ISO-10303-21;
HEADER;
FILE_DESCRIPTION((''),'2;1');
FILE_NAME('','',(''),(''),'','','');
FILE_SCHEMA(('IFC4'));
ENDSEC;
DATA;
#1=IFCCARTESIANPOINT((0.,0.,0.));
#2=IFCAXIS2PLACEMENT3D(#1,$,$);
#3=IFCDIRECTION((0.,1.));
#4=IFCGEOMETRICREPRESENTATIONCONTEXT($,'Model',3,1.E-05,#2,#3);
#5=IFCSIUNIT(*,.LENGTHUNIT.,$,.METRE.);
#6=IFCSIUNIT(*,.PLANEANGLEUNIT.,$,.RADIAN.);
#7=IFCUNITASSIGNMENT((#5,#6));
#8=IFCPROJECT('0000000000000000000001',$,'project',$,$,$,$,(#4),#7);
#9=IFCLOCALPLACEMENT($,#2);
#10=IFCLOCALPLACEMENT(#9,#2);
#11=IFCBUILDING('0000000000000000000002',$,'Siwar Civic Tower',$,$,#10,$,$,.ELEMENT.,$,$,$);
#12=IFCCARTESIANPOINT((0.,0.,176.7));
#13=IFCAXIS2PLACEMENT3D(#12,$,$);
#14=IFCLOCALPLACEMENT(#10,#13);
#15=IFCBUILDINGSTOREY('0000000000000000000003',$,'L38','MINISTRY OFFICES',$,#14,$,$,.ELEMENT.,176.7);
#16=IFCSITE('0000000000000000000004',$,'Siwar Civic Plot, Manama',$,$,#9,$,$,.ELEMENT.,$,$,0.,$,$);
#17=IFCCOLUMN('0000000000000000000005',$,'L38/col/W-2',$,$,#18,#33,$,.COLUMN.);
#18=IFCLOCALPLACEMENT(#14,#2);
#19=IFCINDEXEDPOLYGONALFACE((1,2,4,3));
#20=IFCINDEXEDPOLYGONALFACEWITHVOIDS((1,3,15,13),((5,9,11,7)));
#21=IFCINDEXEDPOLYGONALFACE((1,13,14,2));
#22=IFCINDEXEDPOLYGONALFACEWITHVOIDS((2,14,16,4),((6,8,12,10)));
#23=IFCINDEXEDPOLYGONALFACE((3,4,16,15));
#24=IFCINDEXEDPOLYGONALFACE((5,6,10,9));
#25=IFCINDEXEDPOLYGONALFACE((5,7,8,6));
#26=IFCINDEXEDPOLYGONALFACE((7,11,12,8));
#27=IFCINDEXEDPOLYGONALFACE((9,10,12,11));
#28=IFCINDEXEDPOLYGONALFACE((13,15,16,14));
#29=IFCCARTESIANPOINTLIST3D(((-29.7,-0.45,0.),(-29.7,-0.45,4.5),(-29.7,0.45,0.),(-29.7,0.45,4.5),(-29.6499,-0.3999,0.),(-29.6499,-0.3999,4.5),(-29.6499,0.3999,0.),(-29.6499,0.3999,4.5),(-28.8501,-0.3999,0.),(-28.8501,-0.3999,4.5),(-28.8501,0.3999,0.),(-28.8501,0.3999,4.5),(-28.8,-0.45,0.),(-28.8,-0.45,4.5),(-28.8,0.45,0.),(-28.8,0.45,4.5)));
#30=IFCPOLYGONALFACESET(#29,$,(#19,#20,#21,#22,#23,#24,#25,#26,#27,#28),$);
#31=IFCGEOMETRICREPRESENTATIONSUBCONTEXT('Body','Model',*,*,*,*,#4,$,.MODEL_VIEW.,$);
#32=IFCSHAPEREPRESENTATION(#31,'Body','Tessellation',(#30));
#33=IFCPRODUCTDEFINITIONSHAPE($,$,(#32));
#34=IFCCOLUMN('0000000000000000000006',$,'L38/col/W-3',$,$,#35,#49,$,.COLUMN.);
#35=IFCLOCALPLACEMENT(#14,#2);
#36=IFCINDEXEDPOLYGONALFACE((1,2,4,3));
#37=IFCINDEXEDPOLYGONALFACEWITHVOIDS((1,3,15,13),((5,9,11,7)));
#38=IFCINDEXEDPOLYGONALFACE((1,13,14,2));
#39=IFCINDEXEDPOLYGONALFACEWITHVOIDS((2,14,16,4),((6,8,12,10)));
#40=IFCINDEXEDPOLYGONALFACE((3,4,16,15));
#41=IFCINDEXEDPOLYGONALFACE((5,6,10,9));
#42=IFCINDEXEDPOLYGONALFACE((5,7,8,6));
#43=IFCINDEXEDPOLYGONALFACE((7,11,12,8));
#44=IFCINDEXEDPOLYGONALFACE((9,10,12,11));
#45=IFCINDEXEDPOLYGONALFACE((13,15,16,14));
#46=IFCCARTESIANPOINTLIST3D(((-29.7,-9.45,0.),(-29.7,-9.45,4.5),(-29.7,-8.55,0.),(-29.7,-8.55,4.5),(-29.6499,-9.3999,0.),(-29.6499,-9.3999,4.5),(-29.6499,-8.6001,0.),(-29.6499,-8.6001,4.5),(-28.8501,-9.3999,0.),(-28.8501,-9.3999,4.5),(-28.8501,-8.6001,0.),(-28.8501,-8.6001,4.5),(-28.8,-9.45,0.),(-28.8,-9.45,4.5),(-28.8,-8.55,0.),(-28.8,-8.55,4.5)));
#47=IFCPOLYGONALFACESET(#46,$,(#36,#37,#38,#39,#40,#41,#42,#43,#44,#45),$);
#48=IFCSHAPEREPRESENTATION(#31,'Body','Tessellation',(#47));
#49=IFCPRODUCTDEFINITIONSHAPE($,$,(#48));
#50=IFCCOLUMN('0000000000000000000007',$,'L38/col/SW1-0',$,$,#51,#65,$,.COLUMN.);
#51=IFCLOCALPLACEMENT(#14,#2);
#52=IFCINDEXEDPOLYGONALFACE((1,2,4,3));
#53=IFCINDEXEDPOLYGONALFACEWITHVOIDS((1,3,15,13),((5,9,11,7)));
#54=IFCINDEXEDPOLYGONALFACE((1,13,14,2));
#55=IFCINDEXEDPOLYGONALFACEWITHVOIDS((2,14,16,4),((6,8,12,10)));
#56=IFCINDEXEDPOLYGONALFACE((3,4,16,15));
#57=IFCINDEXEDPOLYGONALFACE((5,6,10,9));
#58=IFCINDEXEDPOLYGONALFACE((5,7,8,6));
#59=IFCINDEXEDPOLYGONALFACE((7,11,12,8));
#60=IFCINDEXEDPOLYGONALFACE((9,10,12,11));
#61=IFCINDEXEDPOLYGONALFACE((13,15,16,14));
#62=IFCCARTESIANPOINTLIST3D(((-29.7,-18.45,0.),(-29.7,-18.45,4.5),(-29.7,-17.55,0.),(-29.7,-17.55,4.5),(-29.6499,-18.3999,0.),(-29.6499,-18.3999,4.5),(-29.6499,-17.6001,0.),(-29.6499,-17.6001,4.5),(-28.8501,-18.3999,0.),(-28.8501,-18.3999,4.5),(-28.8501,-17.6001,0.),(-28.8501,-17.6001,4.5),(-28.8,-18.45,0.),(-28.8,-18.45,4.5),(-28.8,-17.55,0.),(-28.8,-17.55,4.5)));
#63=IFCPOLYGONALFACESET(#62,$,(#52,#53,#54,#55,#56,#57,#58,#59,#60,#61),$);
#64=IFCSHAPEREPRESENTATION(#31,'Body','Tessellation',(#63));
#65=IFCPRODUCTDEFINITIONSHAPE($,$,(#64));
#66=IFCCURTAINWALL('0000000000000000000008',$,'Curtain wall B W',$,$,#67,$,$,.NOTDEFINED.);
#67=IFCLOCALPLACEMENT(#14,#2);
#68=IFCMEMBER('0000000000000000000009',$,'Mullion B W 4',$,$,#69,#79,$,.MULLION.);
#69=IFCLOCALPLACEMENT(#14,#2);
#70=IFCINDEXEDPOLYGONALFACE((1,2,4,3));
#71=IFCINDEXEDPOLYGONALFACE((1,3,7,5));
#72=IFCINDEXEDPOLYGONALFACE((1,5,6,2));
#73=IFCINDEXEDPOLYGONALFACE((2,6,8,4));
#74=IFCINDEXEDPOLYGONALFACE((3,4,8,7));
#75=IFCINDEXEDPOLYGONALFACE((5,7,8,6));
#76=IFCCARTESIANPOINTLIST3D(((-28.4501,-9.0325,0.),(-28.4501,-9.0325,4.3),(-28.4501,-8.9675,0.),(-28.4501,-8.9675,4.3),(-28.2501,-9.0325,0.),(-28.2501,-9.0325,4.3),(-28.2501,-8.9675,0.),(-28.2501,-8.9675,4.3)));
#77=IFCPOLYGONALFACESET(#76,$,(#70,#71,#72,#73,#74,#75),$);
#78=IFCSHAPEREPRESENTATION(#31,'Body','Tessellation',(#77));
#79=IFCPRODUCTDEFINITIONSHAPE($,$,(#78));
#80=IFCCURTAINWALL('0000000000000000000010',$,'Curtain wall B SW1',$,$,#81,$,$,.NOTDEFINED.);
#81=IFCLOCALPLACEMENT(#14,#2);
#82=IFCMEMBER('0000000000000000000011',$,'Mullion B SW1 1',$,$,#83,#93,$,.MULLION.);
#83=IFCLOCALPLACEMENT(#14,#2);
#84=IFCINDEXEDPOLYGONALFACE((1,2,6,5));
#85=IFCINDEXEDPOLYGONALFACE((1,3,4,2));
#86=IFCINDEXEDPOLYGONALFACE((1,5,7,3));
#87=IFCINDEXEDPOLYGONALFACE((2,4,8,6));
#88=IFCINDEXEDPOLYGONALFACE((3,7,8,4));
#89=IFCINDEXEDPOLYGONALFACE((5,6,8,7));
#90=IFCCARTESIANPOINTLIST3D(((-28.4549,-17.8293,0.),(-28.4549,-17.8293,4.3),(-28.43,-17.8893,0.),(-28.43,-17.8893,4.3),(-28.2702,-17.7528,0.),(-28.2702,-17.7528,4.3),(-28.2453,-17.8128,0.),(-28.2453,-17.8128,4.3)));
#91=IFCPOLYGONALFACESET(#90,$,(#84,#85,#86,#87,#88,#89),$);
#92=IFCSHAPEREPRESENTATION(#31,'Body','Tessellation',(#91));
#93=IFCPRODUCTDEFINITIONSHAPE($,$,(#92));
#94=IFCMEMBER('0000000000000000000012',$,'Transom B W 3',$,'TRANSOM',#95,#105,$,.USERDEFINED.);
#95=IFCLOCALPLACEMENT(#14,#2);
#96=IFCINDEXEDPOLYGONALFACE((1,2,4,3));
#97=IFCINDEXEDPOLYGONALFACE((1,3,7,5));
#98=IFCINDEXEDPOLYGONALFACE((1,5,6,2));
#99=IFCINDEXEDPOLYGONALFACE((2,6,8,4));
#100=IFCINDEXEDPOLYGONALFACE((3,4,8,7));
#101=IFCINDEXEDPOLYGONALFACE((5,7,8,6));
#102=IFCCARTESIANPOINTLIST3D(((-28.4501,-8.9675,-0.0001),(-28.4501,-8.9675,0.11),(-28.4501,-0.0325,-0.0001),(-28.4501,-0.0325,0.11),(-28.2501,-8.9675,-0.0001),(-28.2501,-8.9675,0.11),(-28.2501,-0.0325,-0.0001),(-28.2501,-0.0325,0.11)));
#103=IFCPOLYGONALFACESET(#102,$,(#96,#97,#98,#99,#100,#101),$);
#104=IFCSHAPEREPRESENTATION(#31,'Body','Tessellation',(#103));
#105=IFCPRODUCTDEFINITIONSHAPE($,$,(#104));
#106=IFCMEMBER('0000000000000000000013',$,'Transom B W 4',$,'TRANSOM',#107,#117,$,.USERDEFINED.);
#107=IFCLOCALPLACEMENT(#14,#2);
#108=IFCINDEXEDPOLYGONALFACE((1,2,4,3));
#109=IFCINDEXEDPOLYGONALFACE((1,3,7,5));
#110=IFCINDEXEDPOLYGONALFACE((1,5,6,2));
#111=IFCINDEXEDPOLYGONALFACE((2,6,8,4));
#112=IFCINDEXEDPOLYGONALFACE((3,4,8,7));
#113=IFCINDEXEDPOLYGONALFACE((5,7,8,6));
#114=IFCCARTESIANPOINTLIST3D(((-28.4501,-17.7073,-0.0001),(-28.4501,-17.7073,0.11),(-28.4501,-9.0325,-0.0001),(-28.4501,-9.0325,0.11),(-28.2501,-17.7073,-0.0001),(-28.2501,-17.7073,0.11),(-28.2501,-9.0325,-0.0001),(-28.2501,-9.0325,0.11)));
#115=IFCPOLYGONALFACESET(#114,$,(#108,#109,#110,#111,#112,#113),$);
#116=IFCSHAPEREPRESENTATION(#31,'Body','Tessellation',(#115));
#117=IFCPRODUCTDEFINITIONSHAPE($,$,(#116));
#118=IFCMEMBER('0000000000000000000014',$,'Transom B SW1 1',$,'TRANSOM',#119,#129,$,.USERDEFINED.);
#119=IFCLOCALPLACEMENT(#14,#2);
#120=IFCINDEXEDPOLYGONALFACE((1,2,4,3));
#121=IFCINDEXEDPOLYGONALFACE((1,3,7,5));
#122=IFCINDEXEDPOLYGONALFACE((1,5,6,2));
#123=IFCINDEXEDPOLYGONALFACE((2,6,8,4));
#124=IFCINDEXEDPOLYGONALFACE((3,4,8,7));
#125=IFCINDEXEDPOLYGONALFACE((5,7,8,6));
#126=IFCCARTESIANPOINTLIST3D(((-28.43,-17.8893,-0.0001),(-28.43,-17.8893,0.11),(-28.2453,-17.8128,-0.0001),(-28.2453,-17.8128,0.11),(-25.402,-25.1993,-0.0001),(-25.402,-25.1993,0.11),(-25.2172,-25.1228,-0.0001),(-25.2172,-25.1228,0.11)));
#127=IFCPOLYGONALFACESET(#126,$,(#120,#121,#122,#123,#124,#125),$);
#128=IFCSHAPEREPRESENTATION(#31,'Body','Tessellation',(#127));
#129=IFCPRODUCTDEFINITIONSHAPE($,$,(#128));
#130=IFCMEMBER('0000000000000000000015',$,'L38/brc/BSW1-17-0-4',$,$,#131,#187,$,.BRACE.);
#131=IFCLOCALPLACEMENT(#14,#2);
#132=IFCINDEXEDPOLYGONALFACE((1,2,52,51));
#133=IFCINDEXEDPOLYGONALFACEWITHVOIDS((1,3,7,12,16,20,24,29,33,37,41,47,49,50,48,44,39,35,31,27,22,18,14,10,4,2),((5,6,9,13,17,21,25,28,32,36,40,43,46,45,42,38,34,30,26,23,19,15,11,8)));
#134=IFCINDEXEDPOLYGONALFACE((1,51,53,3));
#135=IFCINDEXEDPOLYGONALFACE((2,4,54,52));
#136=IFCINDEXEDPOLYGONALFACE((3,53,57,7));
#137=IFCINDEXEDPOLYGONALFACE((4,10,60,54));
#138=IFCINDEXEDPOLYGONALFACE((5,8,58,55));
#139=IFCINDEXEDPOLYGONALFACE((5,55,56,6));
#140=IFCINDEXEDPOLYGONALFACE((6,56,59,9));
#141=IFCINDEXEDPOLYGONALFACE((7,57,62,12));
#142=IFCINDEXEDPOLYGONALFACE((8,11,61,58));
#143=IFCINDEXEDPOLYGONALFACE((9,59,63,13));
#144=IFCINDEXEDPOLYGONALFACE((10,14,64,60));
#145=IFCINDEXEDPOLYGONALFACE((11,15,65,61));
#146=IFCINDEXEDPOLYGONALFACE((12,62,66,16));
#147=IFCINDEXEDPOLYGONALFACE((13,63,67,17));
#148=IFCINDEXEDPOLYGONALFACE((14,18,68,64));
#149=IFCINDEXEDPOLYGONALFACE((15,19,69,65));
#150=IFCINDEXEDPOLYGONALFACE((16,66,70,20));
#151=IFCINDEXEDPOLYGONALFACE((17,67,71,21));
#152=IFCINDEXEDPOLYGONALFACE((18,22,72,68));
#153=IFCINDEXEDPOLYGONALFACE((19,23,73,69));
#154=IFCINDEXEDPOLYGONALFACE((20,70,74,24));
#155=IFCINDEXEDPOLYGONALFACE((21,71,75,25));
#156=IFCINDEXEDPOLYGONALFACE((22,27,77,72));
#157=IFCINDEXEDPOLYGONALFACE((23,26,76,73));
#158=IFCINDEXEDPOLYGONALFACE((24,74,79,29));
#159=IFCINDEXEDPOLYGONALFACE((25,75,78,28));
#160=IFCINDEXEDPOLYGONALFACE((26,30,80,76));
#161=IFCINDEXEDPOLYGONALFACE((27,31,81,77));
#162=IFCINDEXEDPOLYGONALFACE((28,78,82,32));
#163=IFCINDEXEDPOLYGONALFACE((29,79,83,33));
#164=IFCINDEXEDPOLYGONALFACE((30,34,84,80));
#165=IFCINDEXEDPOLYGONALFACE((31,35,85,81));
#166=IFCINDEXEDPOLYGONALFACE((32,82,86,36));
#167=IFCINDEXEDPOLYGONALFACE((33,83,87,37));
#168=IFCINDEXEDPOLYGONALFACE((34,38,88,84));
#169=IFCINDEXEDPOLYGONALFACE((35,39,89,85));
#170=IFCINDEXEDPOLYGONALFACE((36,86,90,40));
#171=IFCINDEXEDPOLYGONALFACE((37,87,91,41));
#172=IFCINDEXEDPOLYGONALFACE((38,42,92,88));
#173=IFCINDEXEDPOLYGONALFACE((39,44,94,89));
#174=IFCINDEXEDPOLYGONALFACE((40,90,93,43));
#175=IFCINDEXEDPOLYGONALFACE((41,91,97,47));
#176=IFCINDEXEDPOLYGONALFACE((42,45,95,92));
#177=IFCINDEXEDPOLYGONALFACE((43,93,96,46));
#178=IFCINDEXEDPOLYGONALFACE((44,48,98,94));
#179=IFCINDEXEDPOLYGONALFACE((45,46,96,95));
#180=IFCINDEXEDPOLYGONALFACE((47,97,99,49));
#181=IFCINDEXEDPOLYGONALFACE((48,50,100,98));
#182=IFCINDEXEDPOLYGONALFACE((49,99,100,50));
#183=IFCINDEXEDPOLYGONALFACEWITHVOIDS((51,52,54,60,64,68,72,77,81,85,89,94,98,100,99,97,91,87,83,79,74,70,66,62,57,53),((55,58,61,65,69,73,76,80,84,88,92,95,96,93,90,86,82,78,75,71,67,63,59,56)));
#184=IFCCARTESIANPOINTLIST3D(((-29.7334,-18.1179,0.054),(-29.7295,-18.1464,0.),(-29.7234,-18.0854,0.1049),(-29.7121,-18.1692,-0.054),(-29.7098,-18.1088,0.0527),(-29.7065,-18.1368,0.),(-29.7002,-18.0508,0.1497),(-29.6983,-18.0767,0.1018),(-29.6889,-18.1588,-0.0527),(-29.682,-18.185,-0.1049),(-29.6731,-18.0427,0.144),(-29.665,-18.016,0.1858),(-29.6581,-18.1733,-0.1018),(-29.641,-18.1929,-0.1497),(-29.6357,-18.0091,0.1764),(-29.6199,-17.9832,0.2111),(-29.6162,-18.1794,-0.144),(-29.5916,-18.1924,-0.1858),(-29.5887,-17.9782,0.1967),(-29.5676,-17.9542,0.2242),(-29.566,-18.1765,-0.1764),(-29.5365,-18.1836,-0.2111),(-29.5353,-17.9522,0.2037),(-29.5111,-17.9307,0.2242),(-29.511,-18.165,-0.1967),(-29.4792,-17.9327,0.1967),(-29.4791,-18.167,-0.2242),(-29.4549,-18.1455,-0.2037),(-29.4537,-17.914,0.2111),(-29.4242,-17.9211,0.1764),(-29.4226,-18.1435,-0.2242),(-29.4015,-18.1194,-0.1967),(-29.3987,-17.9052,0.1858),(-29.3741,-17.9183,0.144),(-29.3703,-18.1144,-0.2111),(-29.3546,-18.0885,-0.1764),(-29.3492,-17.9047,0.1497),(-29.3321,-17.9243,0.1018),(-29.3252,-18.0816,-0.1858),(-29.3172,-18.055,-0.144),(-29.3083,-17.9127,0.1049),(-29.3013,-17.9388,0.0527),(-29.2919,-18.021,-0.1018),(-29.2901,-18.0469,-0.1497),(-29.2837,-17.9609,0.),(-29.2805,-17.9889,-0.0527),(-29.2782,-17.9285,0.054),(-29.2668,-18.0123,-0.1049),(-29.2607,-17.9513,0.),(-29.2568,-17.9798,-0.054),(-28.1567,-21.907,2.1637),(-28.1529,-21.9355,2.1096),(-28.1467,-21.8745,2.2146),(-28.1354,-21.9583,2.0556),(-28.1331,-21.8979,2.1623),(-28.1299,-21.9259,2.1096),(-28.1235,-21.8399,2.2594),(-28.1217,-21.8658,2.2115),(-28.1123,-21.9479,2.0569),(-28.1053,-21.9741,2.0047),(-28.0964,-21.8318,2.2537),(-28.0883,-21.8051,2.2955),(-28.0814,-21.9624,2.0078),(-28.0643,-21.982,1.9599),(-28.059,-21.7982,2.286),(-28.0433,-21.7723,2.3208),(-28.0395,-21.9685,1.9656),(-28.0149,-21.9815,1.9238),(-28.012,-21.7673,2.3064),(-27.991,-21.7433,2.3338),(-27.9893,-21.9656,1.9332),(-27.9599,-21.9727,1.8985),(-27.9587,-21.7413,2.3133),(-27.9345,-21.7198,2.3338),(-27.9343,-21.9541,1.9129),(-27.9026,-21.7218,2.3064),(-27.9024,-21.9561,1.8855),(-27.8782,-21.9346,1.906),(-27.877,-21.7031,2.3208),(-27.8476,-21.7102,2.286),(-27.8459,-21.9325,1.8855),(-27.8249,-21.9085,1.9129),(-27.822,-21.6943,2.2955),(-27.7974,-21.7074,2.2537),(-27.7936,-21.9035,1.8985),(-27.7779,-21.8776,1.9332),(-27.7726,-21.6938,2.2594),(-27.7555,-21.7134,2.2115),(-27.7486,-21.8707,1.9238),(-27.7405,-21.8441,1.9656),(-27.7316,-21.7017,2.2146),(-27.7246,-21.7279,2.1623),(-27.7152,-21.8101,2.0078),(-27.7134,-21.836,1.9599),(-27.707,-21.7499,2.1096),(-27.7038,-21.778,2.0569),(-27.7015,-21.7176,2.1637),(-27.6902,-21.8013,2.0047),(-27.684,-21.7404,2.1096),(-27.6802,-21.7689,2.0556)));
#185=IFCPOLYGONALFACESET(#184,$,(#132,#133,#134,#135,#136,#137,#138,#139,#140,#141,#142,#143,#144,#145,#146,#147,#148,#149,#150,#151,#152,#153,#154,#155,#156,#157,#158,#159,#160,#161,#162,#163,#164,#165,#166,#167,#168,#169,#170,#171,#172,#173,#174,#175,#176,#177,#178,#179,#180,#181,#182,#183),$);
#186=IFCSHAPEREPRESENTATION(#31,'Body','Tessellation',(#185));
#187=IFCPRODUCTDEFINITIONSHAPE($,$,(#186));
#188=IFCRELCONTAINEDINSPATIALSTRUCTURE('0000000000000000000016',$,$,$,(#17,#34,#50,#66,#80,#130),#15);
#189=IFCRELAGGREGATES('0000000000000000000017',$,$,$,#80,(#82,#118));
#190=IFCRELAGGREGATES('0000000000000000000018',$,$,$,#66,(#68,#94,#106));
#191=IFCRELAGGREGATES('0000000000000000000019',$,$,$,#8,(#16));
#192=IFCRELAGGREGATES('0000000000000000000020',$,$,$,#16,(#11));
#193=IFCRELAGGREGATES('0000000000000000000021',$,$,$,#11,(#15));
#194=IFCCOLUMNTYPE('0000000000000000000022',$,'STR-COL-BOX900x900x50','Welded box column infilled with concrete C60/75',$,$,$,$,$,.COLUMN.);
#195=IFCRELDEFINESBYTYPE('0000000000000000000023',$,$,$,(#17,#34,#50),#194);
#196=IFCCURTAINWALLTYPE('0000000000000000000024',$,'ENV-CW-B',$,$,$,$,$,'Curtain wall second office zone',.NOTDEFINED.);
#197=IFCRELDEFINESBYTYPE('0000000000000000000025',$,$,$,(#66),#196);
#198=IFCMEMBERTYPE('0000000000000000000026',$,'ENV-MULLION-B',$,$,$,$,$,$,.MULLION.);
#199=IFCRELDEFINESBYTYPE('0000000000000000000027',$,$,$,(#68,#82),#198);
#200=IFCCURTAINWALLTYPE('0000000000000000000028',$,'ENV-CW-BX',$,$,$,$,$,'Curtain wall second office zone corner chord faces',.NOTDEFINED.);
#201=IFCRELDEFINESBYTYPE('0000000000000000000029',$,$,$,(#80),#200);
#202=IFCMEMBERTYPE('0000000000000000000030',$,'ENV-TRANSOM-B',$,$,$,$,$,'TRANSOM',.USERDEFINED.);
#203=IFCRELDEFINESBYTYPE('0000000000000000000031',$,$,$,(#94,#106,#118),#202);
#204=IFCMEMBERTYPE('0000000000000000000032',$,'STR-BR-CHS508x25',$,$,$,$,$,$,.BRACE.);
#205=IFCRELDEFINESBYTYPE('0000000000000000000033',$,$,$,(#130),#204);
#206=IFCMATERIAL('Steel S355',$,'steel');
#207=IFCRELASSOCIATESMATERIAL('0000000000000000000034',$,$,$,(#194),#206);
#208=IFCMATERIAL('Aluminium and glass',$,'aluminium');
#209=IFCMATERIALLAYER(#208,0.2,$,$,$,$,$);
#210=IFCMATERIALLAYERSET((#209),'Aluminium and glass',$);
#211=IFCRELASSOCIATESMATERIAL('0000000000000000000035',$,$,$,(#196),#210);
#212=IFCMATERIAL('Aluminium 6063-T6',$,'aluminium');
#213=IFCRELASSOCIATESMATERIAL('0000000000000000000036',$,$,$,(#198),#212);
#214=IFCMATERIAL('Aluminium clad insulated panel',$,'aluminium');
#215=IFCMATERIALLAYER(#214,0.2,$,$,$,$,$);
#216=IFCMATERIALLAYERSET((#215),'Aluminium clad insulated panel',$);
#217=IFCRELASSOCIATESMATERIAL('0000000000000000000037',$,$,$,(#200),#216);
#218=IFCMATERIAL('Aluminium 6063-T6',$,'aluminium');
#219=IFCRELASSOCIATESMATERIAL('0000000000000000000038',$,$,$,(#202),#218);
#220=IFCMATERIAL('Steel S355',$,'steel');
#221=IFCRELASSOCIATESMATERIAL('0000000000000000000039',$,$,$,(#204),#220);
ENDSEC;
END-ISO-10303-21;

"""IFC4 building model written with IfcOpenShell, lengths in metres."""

from ifc_helpers import new_model, si_unit, direction, frame, origin, origin_2d, place, context, subcontext, project, spatial, rectangle, hollow_rectangle, hollow_circle, extrude, material, layer, layer_set, material_profile, profile_set, type_object, element, aggregate, save


model = new_model("IFC4")

# Units and contexts
model_context = context("Model", 3, precision=1e-05, world=origin(), true_north=direction((0.0, 1.0)))
body_context = subcontext(model_context, "Body", "Model", "MODEL_VIEW")
ifc_project = project(units=[si_unit("LENGTHUNIT", "METRE"), si_unit("PLANEANGLEUNIT", "RADIAN")], contexts=[model_context])

# Site, building, storey
site_placement = place(None, origin())
site = spatial("IfcSite", under=ifc_project, at=site_placement, Name="Siwar Civic Plot, Manama", CompositionType="ELEMENT", RefElevation=0.0)
building_placement = place(site_placement, origin())
building = spatial("IfcBuilding", under=site, at=building_placement, Name="Siwar Civic Tower", CompositionType="ELEMENT")
storey_placement = place(building_placement, frame((0.0, 0.0, 176.7)))
storey = spatial("IfcBuildingStorey", under=building, at=storey_placement, Name="L38", Description="MINISTRY OFFICES", CompositionType="ELEMENT", Elevation=176.7)

# Columns
ifc_material_1 = material(Name="Steel S355", Category="steel")
ifc_material_profile_1 = material_profile(ifc_material_1, hollow_rectangle(XDim=0.8999, YDim=0.8999, WallThickness=0.05, at=origin_2d()), Name="BOX900x900x50")
ifc_profile_set_1 = profile_set([ifc_material_profile_1], Name="Steel S355")
column_type = type_object("IfcColumnType", Name="STR-COL-BOX900x900x50", Description="Welded box column infilled with concrete C60/75", PredefinedType="COLUMN", material=ifc_profile_set_1)
for number, where, z_axis, x_axis, name in (
    (1, (-29.25, 0.0, 0.0), (0.0, 0.0, 1.0), (1.0, 0.0, 0.0), "L38/col/W-2"),
    (2, (-29.25, -9.0, 0.0), (0.0, 0.0, 1.0), (1.0, 0.0, 0.0), "L38/col/W-3"),
    (3, (-29.25, -18.0, 0.0), (0.0, 0.0, 1.0), (1.0, 0.0, 0.0), "L38/col/SW1-0"),
):
    element("IfcColumn", number, at=place(storey_placement, frame(where, z_axis=z_axis, x_axis=x_axis)), inside=storey, type_object=column_type, Name=name, PredefinedType="COLUMN", context=body_context, shape_type="SweptSolid", body=[
        extrude(hollow_rectangle(XDim=0.8999, YDim=0.8999, WallThickness=0.05, at=origin_2d()), origin(), (0.0, 0.0, 1.0), 4.5),
    ])

# Curtain walls, members
ifc_material_2 = material(Name="Aluminium and glass", Category="aluminium")
ifc_layer_1 = layer(ifc_material_2, 0.2)
ifc_layer_set_1 = layer_set([ifc_layer_1], Name="Aluminium and glass")
curtain_wall_type_1 = type_object("IfcCurtainWallType", Name="ENV-CW-B", ElementType="Curtain wall second office zone", PredefinedType="NOTDEFINED", material=ifc_layer_set_1)
curtain_wall_1_placement = place(storey_placement, origin())
curtain_wall_1 = element("IfcCurtainWall", 4, at=curtain_wall_1_placement, inside=storey, type_object=curtain_wall_type_1, Name="Curtain wall B W", PredefinedType="NOTDEFINED")
ifc_material_3 = material(Name="Aluminium 6063-T6", Category="aluminium")
ifc_material_profile_2 = material_profile(ifc_material_3, rectangle(XDim=0.2, YDim=0.0649, at=origin_2d()), Name="AL 200x65")
ifc_profile_set_2 = profile_set([ifc_material_profile_2], Name="Aluminium 6063-T6")
member_type_1 = type_object("IfcMemberType", Name="ENV-MULLION-B", PredefinedType="MULLION", material=ifc_profile_set_2)
member_1_placement = place(storey_placement, frame((-28.3501, -9.0, 0.0), z_axis=(0.0, 0.0, 1.0), x_axis=(1.0, 0.0, 0.0)))
member_1 = element("IfcMember", 5, at=member_1_placement, type_object=member_type_1, Name="Mullion B W 4", PredefinedType="MULLION", context=body_context, shape_type="SweptSolid", body=[
    extrude(rectangle(XDim=0.2, YDim=0.0649, at=origin_2d()), origin(), (0.0, 0.0, 1.0), 4.3),
])
ifc_material_4 = material(Name="Aluminium clad insulated panel", Category="aluminium")
ifc_layer_2 = layer(ifc_material_4, 0.2)
ifc_layer_set_2 = layer_set([ifc_layer_2], Name="Aluminium clad insulated panel")
curtain_wall_type_2 = type_object("IfcCurtainWallType", Name="ENV-CW-BX", ElementType="Curtain wall second office zone corner chord faces", PredefinedType="NOTDEFINED", material=ifc_layer_set_2)
curtain_wall_2_placement = place(storey_placement, origin())
curtain_wall_2 = element("IfcCurtainWall", 6, at=curtain_wall_2_placement, inside=storey, type_object=curtain_wall_type_2, Name="Curtain wall B SW1", PredefinedType="NOTDEFINED")
member_2_placement = place(storey_placement, frame((-28.3501, -17.821, 0.0), z_axis=(0.0, 0.0, 1.0), x_axis=(0.92388, 0.382683, 0.0)))
member_2 = element("IfcMember", 7, at=member_2_placement, type_object=member_type_1, Name="Mullion B SW1 1", PredefinedType="MULLION", context=body_context, shape_type="SweptSolid", body=[
    extrude(rectangle(XDim=0.2, YDim=0.0649, at=origin_2d()), origin(), (0.0, 0.0, 1.0), 4.3),
])

# Members
ifc_material_5 = material(Name="Aluminium 6063-T6", Category="aluminium")
ifc_material_profile_3 = material_profile(ifc_material_5, rectangle(XDim=0.2, YDim=0.1101, at=origin_2d()), Name="AL 200x110")
ifc_profile_set_3 = profile_set([ifc_material_profile_3], Name="Aluminium 6063-T6")
member_type_2 = type_object("IfcMemberType", Name="ENV-TRANSOM-B", ElementType="TRANSOM", PredefinedType="USERDEFINED", material=ifc_profile_set_3)
member_3_placement = place(storey_placement, frame((-28.3501, -0.0325, 0.0549), z_axis=(0.0, -1.0, 0.0), x_axis=(1.0, 0.0, 0.0)))
member_3 = element("IfcMember", 8, at=member_3_placement, type_object=member_type_2, Name="Transom B W 3", ObjectType="TRANSOM", PredefinedType="USERDEFINED", context=body_context, shape_type="SweptSolid", body=[
    extrude(rectangle(XDim=0.2, YDim=0.1101, at=origin_2d()), origin(), (0.0, 0.0, 1.0), 8.9351),
])
member_4_placement = place(storey_placement, frame((-28.3501, -9.0325, 0.0549), z_axis=(0.0, -1.0, 0.0), x_axis=(1.0, 0.0, 0.0)))
member_4 = element("IfcMember", 9, at=member_4_placement, type_object=member_type_2, Name="Transom B W 4", ObjectType="TRANSOM", PredefinedType="USERDEFINED", context=body_context, shape_type="SweptSolid", body=[
    extrude(rectangle(XDim=0.2, YDim=0.1101, at=origin_2d()), origin(), (0.0, 0.0, 1.0), 8.6748),
])
member_5_placement = place(storey_placement, frame((-28.3376, -17.8511, 0.0549), z_axis=(0.3827, -0.923873, 0.0), x_axis=(0.923873, 0.3827, 0.0)))
member_5 = element("IfcMember", 10, at=member_5_placement, type_object=member_type_2, Name="Transom B SW1 1", ObjectType="TRANSOM", PredefinedType="USERDEFINED", context=body_context, shape_type="SweptSolid", body=[
    extrude(rectangle(XDim=0.2, YDim=0.1101, at=origin_2d()), origin(), (0.0, 0.0, 1.0), 7.9124),
])
aggregate(curtain_wall_2, [member_2, member_5])
ifc_material_6 = material(Name="Steel S355", Category="steel")
ifc_material_profile_4 = material_profile(ifc_material_6, hollow_circle(Radius=0.2539, WallThickness=0.0249, at=origin_2d()), Name="CHS508x25")
ifc_profile_set_4 = profile_set([ifc_material_profile_4], Name="Steel S355")
member_type_3 = type_object("IfcMemberType", Name="STR-BR-CHS508x25", PredefinedType="BRACE", material=ifc_profile_set_4)
member_6_placement = place(storey_placement, frame((-29.4951, -18.0488, 0.0), z_axis=(0.341677, -0.821126, 0.457175), x_axis=(0.92326, 0.384176, 0.0)))
element("IfcMember", 11, at=member_6_placement, inside=storey, type_object=member_type_3, Name="L38/brc/BSW1-17-0-4", PredefinedType="BRACE", context=body_context, shape_type="SweptSolid", body=[
    extrude(hollow_circle(Radius=0.2539, WallThickness=0.0249, at=origin_2d()), origin(), (0.0, 0.0, 1.0), 4.6145),
])

aggregate(curtain_wall_1, [member_1, member_3, member_4])

save(model, "model.ifc")
